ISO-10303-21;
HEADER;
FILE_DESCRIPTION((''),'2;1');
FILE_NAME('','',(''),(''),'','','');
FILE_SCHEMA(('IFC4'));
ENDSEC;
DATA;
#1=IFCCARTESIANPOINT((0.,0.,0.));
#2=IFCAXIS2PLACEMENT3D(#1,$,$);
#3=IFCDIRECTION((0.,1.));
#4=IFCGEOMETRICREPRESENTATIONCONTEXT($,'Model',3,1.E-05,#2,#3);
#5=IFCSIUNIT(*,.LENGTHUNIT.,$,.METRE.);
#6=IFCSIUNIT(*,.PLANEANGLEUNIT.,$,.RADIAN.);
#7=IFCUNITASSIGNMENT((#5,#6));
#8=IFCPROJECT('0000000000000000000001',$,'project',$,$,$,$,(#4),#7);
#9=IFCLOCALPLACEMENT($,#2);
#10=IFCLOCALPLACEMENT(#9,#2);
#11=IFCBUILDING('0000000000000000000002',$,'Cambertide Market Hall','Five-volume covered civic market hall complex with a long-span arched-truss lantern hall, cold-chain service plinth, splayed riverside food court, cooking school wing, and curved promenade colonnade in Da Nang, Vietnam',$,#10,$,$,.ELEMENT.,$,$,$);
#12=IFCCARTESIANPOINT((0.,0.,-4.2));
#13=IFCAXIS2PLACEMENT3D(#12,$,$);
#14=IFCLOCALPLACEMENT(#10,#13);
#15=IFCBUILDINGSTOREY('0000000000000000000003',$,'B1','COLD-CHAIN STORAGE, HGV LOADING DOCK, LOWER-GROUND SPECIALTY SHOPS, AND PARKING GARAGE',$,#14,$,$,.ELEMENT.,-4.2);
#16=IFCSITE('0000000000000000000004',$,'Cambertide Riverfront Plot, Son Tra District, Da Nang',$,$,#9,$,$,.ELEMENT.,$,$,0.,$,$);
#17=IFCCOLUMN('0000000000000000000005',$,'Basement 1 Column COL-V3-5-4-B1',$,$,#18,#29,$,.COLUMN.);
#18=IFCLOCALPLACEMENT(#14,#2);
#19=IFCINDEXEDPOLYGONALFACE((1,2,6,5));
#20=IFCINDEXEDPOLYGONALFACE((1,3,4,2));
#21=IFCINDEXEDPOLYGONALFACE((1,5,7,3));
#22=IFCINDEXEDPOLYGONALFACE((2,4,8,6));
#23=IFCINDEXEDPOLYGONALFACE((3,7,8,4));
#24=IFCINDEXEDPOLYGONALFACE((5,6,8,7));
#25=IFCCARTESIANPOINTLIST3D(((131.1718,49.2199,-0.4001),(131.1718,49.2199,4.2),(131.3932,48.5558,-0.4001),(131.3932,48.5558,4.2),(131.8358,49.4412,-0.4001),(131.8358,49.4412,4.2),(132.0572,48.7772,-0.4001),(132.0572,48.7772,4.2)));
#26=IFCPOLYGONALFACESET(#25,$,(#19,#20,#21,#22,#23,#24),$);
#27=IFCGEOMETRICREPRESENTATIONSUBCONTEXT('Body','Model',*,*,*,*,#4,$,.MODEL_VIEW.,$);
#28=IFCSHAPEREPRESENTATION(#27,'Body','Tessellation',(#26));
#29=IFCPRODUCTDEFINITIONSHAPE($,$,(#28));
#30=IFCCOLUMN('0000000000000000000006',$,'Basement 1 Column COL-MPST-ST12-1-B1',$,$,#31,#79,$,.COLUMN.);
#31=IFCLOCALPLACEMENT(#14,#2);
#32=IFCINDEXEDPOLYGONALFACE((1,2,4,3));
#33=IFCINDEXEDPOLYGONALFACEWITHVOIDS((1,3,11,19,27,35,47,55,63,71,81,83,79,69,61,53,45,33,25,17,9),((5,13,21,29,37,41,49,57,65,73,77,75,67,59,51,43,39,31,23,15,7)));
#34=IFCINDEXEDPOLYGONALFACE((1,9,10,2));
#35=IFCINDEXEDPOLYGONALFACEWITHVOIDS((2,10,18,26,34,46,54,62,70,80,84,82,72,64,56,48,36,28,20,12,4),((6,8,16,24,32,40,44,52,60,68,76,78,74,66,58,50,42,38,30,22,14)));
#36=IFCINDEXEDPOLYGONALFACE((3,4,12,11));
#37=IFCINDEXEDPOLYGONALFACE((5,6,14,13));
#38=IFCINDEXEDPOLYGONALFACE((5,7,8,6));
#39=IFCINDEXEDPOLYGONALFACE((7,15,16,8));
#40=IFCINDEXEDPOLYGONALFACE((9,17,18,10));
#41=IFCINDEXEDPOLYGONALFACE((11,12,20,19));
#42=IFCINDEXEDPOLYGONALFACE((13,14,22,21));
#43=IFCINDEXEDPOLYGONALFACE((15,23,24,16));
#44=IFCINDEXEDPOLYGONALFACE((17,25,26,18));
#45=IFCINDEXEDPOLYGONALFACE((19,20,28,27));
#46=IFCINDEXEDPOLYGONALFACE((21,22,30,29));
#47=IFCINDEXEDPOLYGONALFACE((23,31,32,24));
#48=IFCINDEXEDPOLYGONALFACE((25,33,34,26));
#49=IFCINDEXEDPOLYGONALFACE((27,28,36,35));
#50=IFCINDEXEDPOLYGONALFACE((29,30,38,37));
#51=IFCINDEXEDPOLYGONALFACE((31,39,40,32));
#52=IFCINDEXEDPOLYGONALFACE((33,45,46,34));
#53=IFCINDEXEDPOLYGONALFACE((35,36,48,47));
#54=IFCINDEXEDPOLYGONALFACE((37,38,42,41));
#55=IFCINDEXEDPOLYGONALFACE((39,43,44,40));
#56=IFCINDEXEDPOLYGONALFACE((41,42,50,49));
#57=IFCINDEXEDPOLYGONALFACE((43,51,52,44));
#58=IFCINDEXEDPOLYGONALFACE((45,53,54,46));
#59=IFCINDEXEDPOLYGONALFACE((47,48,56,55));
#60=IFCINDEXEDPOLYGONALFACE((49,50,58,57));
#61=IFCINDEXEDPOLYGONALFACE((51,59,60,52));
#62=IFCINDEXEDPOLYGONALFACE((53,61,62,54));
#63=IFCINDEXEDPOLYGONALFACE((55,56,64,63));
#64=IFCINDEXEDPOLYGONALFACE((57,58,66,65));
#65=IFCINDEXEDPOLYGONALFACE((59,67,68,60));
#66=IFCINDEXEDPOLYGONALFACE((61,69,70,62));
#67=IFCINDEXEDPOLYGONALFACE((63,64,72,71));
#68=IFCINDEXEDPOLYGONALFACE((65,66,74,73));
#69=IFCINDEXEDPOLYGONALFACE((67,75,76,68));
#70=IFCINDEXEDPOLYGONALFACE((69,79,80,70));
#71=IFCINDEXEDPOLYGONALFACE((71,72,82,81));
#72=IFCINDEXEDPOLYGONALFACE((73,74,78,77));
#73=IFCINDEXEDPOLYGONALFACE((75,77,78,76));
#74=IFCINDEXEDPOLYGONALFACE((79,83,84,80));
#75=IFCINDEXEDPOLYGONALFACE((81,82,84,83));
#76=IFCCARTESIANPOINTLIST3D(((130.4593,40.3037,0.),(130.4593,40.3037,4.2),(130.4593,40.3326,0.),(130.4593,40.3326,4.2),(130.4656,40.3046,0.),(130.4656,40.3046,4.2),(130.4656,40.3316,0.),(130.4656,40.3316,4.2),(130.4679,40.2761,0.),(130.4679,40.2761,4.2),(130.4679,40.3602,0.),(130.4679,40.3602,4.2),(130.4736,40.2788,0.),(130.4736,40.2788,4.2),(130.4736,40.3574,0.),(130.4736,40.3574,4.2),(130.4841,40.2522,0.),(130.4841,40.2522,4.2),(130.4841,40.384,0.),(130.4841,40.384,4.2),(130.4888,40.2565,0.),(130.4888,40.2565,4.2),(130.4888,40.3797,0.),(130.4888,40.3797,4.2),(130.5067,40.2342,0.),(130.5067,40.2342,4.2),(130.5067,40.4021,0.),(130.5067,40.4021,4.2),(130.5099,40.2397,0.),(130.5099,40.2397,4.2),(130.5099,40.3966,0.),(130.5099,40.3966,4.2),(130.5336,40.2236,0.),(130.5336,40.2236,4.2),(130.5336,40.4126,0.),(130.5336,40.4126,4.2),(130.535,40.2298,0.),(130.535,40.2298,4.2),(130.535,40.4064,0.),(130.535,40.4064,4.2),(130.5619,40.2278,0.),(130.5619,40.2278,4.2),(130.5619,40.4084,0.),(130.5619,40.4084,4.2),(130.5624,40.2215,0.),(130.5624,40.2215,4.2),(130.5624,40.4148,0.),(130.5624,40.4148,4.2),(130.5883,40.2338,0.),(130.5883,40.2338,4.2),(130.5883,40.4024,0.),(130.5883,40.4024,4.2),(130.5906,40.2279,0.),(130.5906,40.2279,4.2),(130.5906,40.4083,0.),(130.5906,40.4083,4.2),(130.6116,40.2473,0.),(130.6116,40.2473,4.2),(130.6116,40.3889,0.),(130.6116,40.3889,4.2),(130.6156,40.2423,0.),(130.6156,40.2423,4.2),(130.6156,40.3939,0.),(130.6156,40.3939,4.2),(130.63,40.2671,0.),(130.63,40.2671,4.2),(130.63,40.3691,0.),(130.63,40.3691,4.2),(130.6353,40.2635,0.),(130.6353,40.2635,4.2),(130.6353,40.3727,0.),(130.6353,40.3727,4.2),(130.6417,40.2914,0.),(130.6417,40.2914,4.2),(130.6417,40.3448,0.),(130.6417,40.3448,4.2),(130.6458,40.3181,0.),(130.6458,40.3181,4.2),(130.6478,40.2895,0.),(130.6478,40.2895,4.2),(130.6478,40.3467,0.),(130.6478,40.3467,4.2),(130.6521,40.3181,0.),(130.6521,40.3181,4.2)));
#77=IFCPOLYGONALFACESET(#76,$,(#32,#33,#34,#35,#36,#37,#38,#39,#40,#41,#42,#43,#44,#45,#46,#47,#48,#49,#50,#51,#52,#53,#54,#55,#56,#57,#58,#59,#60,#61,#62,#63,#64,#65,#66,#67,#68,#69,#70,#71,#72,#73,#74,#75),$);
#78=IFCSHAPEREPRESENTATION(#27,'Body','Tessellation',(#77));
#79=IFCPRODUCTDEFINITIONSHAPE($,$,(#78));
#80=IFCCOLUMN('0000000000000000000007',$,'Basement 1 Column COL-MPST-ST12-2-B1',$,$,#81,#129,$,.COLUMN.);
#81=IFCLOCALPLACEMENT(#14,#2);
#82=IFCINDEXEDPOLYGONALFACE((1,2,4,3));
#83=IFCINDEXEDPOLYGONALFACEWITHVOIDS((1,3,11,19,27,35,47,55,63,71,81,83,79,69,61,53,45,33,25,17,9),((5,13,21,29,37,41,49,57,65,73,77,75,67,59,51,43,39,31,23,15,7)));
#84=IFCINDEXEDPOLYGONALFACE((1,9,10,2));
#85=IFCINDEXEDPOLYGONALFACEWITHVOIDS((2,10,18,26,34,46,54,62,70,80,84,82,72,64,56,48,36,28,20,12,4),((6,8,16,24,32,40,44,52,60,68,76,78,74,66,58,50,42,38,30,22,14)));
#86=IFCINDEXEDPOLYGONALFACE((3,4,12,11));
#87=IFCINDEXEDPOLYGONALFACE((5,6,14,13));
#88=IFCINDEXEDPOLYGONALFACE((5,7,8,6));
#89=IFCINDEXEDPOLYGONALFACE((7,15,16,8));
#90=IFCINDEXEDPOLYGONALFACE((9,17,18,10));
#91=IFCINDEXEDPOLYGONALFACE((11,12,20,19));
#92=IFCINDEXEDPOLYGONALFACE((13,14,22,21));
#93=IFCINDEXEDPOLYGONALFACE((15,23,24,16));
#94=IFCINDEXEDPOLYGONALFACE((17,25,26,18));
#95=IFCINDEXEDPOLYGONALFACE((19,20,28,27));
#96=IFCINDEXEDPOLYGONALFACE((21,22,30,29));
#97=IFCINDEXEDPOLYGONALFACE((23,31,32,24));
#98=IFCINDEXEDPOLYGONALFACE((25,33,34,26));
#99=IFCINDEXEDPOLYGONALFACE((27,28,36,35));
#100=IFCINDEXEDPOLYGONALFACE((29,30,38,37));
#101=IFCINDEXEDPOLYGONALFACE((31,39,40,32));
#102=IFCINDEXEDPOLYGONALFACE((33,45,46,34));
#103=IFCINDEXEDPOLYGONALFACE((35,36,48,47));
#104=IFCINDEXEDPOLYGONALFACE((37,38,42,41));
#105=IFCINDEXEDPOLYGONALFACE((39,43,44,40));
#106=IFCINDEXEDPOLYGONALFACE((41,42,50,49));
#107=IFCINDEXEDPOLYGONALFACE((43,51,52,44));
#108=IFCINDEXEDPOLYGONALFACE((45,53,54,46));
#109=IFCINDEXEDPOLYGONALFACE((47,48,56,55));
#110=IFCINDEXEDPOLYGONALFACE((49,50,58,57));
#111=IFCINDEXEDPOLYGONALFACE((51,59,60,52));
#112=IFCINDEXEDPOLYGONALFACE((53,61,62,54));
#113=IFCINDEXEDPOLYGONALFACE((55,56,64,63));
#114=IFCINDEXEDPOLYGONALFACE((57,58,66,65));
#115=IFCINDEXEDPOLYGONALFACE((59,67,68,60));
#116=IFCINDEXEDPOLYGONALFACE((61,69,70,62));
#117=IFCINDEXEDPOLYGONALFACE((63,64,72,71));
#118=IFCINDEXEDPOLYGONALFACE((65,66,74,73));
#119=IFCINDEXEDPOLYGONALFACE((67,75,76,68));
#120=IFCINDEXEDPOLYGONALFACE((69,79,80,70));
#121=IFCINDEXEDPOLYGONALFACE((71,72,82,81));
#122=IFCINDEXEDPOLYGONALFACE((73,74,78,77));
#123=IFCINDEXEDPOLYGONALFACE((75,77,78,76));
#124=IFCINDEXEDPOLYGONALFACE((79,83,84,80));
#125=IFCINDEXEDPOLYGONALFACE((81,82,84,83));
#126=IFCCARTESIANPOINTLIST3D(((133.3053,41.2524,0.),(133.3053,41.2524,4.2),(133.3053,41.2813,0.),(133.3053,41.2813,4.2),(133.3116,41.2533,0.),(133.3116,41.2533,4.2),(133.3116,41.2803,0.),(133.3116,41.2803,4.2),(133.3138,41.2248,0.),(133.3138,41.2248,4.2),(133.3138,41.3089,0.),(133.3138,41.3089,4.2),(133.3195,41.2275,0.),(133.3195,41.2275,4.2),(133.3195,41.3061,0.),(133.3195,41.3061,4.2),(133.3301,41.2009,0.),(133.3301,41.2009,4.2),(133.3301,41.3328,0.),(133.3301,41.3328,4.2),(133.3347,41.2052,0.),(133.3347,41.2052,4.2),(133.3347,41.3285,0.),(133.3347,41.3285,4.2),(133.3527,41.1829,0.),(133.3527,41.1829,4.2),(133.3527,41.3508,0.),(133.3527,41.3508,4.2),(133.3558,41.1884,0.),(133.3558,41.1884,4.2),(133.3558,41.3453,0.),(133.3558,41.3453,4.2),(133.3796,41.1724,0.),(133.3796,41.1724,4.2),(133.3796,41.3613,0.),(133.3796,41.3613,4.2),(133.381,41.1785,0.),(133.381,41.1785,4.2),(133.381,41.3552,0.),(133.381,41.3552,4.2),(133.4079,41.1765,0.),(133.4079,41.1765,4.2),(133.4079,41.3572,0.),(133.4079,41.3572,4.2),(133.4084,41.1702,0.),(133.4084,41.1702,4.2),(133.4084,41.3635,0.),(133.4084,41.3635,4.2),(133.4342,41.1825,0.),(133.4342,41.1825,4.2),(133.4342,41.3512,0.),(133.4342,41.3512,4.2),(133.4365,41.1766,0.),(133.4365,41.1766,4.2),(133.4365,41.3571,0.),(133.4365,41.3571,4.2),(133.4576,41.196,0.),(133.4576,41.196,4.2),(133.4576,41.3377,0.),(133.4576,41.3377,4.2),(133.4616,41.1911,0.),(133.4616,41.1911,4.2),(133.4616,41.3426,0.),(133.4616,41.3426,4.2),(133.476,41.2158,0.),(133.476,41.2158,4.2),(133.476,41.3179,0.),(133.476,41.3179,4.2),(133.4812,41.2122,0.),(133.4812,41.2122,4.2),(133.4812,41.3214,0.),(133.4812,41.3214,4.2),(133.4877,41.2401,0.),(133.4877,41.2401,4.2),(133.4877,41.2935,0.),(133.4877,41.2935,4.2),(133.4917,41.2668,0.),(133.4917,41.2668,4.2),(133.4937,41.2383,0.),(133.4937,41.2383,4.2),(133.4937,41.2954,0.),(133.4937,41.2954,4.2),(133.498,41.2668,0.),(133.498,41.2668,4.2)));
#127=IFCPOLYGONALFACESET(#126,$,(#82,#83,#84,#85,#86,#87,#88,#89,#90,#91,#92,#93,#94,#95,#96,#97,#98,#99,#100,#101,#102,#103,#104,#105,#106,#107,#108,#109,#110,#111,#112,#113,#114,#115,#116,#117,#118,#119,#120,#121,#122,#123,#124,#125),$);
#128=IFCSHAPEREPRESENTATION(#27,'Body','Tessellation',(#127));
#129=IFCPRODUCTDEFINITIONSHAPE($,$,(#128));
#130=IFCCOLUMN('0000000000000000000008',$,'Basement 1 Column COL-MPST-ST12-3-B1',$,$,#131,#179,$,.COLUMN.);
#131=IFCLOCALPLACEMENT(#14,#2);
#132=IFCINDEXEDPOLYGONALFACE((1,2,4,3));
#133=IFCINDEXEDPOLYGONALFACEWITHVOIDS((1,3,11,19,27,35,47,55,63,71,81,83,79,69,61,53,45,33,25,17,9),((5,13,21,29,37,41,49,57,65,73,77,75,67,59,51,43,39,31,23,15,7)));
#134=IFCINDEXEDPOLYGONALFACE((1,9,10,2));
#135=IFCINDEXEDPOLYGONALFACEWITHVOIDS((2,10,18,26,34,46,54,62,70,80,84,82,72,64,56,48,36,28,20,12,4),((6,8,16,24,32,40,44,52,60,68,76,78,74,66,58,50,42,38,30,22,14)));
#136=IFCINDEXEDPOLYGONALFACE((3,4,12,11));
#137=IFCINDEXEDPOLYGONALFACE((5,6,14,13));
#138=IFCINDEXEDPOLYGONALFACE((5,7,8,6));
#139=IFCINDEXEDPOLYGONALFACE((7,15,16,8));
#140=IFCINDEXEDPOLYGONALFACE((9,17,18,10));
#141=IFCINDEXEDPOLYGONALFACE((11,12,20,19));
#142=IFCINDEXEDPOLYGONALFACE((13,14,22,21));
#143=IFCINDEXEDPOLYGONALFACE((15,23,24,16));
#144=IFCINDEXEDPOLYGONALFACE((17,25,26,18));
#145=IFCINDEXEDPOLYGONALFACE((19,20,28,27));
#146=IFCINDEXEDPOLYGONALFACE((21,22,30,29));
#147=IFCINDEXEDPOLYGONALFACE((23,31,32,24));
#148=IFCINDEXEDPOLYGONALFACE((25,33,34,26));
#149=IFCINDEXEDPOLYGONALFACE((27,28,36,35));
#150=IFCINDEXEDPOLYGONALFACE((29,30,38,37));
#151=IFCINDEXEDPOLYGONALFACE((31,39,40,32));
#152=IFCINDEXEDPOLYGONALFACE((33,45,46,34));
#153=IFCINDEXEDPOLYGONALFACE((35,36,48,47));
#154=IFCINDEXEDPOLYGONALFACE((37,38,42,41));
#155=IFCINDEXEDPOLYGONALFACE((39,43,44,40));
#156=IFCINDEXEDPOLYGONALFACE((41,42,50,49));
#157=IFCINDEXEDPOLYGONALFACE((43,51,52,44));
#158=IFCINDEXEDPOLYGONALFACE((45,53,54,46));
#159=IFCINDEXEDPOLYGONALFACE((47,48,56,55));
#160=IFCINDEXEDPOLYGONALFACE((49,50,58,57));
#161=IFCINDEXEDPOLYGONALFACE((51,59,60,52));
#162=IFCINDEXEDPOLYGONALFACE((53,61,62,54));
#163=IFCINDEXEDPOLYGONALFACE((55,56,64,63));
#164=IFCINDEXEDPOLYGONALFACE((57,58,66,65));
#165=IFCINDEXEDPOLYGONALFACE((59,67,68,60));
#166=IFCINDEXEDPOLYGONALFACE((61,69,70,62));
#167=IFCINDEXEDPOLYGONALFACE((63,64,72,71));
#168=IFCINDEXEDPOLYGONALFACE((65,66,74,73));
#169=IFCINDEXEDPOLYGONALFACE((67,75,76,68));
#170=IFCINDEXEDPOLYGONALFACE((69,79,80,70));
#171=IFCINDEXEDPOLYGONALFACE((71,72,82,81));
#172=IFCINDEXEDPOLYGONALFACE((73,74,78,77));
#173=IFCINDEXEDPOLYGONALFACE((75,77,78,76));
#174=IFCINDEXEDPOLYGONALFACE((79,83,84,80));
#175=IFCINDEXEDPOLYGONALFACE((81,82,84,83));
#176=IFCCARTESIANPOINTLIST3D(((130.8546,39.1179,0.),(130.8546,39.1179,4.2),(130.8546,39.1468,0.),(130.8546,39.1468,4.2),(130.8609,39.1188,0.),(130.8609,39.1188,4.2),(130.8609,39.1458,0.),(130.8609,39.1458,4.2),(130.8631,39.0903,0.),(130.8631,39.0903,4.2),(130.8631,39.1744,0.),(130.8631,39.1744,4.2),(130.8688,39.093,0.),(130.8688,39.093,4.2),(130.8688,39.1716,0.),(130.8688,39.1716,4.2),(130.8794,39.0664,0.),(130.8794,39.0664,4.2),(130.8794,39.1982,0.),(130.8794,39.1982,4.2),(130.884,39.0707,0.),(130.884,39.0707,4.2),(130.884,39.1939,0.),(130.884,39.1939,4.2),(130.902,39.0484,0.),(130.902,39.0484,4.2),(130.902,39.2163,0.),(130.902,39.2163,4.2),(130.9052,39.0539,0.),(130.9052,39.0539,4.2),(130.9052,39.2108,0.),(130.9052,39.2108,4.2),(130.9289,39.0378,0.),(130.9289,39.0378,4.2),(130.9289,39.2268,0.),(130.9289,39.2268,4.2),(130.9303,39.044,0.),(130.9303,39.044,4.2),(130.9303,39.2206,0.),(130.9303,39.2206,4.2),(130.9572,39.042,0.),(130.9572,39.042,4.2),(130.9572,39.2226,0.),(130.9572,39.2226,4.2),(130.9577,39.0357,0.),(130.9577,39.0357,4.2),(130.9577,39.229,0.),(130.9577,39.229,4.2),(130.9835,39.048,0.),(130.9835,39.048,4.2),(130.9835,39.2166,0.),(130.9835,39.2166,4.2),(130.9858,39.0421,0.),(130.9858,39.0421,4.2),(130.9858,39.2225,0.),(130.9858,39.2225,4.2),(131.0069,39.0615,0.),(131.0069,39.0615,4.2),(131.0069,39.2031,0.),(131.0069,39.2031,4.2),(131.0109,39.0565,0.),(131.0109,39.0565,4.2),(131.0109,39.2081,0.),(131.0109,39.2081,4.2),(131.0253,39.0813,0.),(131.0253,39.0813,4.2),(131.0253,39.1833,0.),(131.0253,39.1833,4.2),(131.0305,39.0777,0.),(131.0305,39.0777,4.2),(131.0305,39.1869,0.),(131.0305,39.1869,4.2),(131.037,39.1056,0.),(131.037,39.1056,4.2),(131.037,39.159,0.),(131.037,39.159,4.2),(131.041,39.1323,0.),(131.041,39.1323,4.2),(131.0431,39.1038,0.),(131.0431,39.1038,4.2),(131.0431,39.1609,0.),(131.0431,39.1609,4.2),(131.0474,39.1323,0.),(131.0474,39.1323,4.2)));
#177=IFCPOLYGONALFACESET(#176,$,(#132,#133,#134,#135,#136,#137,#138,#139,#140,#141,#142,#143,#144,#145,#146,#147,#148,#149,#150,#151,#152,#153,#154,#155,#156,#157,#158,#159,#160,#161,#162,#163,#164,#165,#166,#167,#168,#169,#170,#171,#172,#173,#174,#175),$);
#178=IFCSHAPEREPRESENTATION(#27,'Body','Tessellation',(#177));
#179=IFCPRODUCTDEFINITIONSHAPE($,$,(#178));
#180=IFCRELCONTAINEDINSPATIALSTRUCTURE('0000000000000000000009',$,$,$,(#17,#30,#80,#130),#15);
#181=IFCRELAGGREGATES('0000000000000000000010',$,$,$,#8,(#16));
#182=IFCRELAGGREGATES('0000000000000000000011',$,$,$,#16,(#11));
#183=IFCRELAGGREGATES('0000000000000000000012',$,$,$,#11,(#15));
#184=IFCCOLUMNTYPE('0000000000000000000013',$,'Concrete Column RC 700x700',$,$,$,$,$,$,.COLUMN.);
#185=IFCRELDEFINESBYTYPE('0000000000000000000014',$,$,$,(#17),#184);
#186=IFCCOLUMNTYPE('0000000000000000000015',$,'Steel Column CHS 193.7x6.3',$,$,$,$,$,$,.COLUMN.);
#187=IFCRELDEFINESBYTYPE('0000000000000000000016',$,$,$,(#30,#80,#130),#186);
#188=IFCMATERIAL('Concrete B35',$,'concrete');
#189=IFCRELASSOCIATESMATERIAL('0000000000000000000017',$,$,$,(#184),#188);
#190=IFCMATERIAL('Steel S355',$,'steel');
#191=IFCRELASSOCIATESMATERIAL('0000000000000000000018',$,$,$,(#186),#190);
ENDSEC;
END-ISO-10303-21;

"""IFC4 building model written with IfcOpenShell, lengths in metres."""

from ifc_helpers import new_model, si_unit, direction, frame, origin, origin_2d, place, context, subcontext, project, spatial, rectangle, hollow_circle, extrude, material, material_profile, profile_set, type_object, element, save


model = new_model("IFC4")

# Units and contexts
model_context = context("Model", 3, precision=1e-05, world=origin(), true_north=direction((0.0, 1.0)))
body_context = subcontext(model_context, "Body", "Model", "MODEL_VIEW")
ifc_project = project(units=[si_unit("LENGTHUNIT", "METRE"), si_unit("PLANEANGLEUNIT", "RADIAN")], contexts=[model_context])

# Site, building, storey
site_placement = place(None, origin())
site = spatial("IfcSite", under=ifc_project, at=site_placement, Name="Cambertide Riverfront Plot, Son Tra District, Da Nang", CompositionType="ELEMENT", RefElevation=0.0)
building_placement = place(site_placement, origin())
building = spatial("IfcBuilding", under=site, at=building_placement, Name="Cambertide Market Hall", Description="Five-volume covered civic market hall complex with a long-span arched-truss lantern hall, cold-chain service plinth, splayed riverside food court, cooking school wing, and curved promenade colonnade in Da Nang, Vietnam", CompositionType="ELEMENT")
storey_placement = place(building_placement, frame((0.0, 0.0, -4.2)))
storey = spatial("IfcBuildingStorey", under=building, at=storey_placement, Name="B1", Description="COLD-CHAIN STORAGE, HGV LOADING DOCK, LOWER-GROUND SPECIALTY SHOPS, AND PARKING GARAGE", CompositionType="ELEMENT", Elevation=-4.2)

# Columns
ifc_material_1 = material(Name="Concrete B35", Category="concrete")
ifc_material_profile_1 = material_profile(ifc_material_1, rectangle(XDim=0.7, YDim=0.7, at=origin_2d()), Name="RC 700x700")
ifc_profile_set_1 = profile_set([ifc_material_profile_1], Name="Concrete B35")
column_type_1 = type_object("IfcColumnType", Name="Concrete Column RC 700x700", PredefinedType="COLUMN", material=ifc_profile_set_1)
for number, where, z_axis, x_axis, name in (
    (1, (131.6145, 48.9985, -0.4001), (0.0, 0.0, 1.0), (0.948683, 0.316228, 0.0), "Basement 1 Column COL-V3-5-4-B1"),
):
    element("IfcColumn", number, at=place(storey_placement, frame(where, z_axis=z_axis, x_axis=x_axis)), inside=storey, type_object=column_type_1, Name=name, PredefinedType="COLUMN", context=body_context, shape_type="SweptSolid", body=[
        extrude(rectangle(XDim=0.7, YDim=0.7, at=origin_2d()), origin(), (0.0, 0.0, 1.0), 4.6001),
    ])
ifc_material_2 = material(Name="Steel S355", Category="steel")
ifc_material_profile_2 = material_profile(ifc_material_2, hollow_circle(Radius=0.0969, WallThickness=0.0063, at=origin_2d()), Name="CHS 193.7x6.3")
ifc_profile_set_2 = profile_set([ifc_material_profile_2], Name="Steel S355")
column_type_2 = type_object("IfcColumnType", Name="Steel Column CHS 193.7x6.3", PredefinedType="COLUMN", material=ifc_profile_set_2)
for number, where, z_axis, x_axis, name in (
    (2, (130.5552, 40.3181, 0.0), (0.0, 0.0, 1.0), (1.0, 0.0, 0.0), "Basement 1 Column COL-MPST-ST12-1-B1"),
    (3, (133.4011, 41.2668, 0.0), (0.0, 0.0, 1.0), (1.0, 0.0, 0.0), "Basement 1 Column COL-MPST-ST12-2-B1"),
    (4, (130.9504, 39.1323, 0.0), (0.0, 0.0, 1.0), (1.0, 0.0, 0.0), "Basement 1 Column COL-MPST-ST12-3-B1"),
):
    element("IfcColumn", number, at=place(storey_placement, frame(where, z_axis=z_axis, x_axis=x_axis)), inside=storey, type_object=column_type_2, Name=name, PredefinedType="COLUMN", context=body_context, shape_type="SweptSolid", body=[
        extrude(hollow_circle(Radius=0.0969, WallThickness=0.0063, at=origin_2d()), origin(), (0.0, 0.0, 1.0), 4.2),
    ])

save(model, "model.ifc")
